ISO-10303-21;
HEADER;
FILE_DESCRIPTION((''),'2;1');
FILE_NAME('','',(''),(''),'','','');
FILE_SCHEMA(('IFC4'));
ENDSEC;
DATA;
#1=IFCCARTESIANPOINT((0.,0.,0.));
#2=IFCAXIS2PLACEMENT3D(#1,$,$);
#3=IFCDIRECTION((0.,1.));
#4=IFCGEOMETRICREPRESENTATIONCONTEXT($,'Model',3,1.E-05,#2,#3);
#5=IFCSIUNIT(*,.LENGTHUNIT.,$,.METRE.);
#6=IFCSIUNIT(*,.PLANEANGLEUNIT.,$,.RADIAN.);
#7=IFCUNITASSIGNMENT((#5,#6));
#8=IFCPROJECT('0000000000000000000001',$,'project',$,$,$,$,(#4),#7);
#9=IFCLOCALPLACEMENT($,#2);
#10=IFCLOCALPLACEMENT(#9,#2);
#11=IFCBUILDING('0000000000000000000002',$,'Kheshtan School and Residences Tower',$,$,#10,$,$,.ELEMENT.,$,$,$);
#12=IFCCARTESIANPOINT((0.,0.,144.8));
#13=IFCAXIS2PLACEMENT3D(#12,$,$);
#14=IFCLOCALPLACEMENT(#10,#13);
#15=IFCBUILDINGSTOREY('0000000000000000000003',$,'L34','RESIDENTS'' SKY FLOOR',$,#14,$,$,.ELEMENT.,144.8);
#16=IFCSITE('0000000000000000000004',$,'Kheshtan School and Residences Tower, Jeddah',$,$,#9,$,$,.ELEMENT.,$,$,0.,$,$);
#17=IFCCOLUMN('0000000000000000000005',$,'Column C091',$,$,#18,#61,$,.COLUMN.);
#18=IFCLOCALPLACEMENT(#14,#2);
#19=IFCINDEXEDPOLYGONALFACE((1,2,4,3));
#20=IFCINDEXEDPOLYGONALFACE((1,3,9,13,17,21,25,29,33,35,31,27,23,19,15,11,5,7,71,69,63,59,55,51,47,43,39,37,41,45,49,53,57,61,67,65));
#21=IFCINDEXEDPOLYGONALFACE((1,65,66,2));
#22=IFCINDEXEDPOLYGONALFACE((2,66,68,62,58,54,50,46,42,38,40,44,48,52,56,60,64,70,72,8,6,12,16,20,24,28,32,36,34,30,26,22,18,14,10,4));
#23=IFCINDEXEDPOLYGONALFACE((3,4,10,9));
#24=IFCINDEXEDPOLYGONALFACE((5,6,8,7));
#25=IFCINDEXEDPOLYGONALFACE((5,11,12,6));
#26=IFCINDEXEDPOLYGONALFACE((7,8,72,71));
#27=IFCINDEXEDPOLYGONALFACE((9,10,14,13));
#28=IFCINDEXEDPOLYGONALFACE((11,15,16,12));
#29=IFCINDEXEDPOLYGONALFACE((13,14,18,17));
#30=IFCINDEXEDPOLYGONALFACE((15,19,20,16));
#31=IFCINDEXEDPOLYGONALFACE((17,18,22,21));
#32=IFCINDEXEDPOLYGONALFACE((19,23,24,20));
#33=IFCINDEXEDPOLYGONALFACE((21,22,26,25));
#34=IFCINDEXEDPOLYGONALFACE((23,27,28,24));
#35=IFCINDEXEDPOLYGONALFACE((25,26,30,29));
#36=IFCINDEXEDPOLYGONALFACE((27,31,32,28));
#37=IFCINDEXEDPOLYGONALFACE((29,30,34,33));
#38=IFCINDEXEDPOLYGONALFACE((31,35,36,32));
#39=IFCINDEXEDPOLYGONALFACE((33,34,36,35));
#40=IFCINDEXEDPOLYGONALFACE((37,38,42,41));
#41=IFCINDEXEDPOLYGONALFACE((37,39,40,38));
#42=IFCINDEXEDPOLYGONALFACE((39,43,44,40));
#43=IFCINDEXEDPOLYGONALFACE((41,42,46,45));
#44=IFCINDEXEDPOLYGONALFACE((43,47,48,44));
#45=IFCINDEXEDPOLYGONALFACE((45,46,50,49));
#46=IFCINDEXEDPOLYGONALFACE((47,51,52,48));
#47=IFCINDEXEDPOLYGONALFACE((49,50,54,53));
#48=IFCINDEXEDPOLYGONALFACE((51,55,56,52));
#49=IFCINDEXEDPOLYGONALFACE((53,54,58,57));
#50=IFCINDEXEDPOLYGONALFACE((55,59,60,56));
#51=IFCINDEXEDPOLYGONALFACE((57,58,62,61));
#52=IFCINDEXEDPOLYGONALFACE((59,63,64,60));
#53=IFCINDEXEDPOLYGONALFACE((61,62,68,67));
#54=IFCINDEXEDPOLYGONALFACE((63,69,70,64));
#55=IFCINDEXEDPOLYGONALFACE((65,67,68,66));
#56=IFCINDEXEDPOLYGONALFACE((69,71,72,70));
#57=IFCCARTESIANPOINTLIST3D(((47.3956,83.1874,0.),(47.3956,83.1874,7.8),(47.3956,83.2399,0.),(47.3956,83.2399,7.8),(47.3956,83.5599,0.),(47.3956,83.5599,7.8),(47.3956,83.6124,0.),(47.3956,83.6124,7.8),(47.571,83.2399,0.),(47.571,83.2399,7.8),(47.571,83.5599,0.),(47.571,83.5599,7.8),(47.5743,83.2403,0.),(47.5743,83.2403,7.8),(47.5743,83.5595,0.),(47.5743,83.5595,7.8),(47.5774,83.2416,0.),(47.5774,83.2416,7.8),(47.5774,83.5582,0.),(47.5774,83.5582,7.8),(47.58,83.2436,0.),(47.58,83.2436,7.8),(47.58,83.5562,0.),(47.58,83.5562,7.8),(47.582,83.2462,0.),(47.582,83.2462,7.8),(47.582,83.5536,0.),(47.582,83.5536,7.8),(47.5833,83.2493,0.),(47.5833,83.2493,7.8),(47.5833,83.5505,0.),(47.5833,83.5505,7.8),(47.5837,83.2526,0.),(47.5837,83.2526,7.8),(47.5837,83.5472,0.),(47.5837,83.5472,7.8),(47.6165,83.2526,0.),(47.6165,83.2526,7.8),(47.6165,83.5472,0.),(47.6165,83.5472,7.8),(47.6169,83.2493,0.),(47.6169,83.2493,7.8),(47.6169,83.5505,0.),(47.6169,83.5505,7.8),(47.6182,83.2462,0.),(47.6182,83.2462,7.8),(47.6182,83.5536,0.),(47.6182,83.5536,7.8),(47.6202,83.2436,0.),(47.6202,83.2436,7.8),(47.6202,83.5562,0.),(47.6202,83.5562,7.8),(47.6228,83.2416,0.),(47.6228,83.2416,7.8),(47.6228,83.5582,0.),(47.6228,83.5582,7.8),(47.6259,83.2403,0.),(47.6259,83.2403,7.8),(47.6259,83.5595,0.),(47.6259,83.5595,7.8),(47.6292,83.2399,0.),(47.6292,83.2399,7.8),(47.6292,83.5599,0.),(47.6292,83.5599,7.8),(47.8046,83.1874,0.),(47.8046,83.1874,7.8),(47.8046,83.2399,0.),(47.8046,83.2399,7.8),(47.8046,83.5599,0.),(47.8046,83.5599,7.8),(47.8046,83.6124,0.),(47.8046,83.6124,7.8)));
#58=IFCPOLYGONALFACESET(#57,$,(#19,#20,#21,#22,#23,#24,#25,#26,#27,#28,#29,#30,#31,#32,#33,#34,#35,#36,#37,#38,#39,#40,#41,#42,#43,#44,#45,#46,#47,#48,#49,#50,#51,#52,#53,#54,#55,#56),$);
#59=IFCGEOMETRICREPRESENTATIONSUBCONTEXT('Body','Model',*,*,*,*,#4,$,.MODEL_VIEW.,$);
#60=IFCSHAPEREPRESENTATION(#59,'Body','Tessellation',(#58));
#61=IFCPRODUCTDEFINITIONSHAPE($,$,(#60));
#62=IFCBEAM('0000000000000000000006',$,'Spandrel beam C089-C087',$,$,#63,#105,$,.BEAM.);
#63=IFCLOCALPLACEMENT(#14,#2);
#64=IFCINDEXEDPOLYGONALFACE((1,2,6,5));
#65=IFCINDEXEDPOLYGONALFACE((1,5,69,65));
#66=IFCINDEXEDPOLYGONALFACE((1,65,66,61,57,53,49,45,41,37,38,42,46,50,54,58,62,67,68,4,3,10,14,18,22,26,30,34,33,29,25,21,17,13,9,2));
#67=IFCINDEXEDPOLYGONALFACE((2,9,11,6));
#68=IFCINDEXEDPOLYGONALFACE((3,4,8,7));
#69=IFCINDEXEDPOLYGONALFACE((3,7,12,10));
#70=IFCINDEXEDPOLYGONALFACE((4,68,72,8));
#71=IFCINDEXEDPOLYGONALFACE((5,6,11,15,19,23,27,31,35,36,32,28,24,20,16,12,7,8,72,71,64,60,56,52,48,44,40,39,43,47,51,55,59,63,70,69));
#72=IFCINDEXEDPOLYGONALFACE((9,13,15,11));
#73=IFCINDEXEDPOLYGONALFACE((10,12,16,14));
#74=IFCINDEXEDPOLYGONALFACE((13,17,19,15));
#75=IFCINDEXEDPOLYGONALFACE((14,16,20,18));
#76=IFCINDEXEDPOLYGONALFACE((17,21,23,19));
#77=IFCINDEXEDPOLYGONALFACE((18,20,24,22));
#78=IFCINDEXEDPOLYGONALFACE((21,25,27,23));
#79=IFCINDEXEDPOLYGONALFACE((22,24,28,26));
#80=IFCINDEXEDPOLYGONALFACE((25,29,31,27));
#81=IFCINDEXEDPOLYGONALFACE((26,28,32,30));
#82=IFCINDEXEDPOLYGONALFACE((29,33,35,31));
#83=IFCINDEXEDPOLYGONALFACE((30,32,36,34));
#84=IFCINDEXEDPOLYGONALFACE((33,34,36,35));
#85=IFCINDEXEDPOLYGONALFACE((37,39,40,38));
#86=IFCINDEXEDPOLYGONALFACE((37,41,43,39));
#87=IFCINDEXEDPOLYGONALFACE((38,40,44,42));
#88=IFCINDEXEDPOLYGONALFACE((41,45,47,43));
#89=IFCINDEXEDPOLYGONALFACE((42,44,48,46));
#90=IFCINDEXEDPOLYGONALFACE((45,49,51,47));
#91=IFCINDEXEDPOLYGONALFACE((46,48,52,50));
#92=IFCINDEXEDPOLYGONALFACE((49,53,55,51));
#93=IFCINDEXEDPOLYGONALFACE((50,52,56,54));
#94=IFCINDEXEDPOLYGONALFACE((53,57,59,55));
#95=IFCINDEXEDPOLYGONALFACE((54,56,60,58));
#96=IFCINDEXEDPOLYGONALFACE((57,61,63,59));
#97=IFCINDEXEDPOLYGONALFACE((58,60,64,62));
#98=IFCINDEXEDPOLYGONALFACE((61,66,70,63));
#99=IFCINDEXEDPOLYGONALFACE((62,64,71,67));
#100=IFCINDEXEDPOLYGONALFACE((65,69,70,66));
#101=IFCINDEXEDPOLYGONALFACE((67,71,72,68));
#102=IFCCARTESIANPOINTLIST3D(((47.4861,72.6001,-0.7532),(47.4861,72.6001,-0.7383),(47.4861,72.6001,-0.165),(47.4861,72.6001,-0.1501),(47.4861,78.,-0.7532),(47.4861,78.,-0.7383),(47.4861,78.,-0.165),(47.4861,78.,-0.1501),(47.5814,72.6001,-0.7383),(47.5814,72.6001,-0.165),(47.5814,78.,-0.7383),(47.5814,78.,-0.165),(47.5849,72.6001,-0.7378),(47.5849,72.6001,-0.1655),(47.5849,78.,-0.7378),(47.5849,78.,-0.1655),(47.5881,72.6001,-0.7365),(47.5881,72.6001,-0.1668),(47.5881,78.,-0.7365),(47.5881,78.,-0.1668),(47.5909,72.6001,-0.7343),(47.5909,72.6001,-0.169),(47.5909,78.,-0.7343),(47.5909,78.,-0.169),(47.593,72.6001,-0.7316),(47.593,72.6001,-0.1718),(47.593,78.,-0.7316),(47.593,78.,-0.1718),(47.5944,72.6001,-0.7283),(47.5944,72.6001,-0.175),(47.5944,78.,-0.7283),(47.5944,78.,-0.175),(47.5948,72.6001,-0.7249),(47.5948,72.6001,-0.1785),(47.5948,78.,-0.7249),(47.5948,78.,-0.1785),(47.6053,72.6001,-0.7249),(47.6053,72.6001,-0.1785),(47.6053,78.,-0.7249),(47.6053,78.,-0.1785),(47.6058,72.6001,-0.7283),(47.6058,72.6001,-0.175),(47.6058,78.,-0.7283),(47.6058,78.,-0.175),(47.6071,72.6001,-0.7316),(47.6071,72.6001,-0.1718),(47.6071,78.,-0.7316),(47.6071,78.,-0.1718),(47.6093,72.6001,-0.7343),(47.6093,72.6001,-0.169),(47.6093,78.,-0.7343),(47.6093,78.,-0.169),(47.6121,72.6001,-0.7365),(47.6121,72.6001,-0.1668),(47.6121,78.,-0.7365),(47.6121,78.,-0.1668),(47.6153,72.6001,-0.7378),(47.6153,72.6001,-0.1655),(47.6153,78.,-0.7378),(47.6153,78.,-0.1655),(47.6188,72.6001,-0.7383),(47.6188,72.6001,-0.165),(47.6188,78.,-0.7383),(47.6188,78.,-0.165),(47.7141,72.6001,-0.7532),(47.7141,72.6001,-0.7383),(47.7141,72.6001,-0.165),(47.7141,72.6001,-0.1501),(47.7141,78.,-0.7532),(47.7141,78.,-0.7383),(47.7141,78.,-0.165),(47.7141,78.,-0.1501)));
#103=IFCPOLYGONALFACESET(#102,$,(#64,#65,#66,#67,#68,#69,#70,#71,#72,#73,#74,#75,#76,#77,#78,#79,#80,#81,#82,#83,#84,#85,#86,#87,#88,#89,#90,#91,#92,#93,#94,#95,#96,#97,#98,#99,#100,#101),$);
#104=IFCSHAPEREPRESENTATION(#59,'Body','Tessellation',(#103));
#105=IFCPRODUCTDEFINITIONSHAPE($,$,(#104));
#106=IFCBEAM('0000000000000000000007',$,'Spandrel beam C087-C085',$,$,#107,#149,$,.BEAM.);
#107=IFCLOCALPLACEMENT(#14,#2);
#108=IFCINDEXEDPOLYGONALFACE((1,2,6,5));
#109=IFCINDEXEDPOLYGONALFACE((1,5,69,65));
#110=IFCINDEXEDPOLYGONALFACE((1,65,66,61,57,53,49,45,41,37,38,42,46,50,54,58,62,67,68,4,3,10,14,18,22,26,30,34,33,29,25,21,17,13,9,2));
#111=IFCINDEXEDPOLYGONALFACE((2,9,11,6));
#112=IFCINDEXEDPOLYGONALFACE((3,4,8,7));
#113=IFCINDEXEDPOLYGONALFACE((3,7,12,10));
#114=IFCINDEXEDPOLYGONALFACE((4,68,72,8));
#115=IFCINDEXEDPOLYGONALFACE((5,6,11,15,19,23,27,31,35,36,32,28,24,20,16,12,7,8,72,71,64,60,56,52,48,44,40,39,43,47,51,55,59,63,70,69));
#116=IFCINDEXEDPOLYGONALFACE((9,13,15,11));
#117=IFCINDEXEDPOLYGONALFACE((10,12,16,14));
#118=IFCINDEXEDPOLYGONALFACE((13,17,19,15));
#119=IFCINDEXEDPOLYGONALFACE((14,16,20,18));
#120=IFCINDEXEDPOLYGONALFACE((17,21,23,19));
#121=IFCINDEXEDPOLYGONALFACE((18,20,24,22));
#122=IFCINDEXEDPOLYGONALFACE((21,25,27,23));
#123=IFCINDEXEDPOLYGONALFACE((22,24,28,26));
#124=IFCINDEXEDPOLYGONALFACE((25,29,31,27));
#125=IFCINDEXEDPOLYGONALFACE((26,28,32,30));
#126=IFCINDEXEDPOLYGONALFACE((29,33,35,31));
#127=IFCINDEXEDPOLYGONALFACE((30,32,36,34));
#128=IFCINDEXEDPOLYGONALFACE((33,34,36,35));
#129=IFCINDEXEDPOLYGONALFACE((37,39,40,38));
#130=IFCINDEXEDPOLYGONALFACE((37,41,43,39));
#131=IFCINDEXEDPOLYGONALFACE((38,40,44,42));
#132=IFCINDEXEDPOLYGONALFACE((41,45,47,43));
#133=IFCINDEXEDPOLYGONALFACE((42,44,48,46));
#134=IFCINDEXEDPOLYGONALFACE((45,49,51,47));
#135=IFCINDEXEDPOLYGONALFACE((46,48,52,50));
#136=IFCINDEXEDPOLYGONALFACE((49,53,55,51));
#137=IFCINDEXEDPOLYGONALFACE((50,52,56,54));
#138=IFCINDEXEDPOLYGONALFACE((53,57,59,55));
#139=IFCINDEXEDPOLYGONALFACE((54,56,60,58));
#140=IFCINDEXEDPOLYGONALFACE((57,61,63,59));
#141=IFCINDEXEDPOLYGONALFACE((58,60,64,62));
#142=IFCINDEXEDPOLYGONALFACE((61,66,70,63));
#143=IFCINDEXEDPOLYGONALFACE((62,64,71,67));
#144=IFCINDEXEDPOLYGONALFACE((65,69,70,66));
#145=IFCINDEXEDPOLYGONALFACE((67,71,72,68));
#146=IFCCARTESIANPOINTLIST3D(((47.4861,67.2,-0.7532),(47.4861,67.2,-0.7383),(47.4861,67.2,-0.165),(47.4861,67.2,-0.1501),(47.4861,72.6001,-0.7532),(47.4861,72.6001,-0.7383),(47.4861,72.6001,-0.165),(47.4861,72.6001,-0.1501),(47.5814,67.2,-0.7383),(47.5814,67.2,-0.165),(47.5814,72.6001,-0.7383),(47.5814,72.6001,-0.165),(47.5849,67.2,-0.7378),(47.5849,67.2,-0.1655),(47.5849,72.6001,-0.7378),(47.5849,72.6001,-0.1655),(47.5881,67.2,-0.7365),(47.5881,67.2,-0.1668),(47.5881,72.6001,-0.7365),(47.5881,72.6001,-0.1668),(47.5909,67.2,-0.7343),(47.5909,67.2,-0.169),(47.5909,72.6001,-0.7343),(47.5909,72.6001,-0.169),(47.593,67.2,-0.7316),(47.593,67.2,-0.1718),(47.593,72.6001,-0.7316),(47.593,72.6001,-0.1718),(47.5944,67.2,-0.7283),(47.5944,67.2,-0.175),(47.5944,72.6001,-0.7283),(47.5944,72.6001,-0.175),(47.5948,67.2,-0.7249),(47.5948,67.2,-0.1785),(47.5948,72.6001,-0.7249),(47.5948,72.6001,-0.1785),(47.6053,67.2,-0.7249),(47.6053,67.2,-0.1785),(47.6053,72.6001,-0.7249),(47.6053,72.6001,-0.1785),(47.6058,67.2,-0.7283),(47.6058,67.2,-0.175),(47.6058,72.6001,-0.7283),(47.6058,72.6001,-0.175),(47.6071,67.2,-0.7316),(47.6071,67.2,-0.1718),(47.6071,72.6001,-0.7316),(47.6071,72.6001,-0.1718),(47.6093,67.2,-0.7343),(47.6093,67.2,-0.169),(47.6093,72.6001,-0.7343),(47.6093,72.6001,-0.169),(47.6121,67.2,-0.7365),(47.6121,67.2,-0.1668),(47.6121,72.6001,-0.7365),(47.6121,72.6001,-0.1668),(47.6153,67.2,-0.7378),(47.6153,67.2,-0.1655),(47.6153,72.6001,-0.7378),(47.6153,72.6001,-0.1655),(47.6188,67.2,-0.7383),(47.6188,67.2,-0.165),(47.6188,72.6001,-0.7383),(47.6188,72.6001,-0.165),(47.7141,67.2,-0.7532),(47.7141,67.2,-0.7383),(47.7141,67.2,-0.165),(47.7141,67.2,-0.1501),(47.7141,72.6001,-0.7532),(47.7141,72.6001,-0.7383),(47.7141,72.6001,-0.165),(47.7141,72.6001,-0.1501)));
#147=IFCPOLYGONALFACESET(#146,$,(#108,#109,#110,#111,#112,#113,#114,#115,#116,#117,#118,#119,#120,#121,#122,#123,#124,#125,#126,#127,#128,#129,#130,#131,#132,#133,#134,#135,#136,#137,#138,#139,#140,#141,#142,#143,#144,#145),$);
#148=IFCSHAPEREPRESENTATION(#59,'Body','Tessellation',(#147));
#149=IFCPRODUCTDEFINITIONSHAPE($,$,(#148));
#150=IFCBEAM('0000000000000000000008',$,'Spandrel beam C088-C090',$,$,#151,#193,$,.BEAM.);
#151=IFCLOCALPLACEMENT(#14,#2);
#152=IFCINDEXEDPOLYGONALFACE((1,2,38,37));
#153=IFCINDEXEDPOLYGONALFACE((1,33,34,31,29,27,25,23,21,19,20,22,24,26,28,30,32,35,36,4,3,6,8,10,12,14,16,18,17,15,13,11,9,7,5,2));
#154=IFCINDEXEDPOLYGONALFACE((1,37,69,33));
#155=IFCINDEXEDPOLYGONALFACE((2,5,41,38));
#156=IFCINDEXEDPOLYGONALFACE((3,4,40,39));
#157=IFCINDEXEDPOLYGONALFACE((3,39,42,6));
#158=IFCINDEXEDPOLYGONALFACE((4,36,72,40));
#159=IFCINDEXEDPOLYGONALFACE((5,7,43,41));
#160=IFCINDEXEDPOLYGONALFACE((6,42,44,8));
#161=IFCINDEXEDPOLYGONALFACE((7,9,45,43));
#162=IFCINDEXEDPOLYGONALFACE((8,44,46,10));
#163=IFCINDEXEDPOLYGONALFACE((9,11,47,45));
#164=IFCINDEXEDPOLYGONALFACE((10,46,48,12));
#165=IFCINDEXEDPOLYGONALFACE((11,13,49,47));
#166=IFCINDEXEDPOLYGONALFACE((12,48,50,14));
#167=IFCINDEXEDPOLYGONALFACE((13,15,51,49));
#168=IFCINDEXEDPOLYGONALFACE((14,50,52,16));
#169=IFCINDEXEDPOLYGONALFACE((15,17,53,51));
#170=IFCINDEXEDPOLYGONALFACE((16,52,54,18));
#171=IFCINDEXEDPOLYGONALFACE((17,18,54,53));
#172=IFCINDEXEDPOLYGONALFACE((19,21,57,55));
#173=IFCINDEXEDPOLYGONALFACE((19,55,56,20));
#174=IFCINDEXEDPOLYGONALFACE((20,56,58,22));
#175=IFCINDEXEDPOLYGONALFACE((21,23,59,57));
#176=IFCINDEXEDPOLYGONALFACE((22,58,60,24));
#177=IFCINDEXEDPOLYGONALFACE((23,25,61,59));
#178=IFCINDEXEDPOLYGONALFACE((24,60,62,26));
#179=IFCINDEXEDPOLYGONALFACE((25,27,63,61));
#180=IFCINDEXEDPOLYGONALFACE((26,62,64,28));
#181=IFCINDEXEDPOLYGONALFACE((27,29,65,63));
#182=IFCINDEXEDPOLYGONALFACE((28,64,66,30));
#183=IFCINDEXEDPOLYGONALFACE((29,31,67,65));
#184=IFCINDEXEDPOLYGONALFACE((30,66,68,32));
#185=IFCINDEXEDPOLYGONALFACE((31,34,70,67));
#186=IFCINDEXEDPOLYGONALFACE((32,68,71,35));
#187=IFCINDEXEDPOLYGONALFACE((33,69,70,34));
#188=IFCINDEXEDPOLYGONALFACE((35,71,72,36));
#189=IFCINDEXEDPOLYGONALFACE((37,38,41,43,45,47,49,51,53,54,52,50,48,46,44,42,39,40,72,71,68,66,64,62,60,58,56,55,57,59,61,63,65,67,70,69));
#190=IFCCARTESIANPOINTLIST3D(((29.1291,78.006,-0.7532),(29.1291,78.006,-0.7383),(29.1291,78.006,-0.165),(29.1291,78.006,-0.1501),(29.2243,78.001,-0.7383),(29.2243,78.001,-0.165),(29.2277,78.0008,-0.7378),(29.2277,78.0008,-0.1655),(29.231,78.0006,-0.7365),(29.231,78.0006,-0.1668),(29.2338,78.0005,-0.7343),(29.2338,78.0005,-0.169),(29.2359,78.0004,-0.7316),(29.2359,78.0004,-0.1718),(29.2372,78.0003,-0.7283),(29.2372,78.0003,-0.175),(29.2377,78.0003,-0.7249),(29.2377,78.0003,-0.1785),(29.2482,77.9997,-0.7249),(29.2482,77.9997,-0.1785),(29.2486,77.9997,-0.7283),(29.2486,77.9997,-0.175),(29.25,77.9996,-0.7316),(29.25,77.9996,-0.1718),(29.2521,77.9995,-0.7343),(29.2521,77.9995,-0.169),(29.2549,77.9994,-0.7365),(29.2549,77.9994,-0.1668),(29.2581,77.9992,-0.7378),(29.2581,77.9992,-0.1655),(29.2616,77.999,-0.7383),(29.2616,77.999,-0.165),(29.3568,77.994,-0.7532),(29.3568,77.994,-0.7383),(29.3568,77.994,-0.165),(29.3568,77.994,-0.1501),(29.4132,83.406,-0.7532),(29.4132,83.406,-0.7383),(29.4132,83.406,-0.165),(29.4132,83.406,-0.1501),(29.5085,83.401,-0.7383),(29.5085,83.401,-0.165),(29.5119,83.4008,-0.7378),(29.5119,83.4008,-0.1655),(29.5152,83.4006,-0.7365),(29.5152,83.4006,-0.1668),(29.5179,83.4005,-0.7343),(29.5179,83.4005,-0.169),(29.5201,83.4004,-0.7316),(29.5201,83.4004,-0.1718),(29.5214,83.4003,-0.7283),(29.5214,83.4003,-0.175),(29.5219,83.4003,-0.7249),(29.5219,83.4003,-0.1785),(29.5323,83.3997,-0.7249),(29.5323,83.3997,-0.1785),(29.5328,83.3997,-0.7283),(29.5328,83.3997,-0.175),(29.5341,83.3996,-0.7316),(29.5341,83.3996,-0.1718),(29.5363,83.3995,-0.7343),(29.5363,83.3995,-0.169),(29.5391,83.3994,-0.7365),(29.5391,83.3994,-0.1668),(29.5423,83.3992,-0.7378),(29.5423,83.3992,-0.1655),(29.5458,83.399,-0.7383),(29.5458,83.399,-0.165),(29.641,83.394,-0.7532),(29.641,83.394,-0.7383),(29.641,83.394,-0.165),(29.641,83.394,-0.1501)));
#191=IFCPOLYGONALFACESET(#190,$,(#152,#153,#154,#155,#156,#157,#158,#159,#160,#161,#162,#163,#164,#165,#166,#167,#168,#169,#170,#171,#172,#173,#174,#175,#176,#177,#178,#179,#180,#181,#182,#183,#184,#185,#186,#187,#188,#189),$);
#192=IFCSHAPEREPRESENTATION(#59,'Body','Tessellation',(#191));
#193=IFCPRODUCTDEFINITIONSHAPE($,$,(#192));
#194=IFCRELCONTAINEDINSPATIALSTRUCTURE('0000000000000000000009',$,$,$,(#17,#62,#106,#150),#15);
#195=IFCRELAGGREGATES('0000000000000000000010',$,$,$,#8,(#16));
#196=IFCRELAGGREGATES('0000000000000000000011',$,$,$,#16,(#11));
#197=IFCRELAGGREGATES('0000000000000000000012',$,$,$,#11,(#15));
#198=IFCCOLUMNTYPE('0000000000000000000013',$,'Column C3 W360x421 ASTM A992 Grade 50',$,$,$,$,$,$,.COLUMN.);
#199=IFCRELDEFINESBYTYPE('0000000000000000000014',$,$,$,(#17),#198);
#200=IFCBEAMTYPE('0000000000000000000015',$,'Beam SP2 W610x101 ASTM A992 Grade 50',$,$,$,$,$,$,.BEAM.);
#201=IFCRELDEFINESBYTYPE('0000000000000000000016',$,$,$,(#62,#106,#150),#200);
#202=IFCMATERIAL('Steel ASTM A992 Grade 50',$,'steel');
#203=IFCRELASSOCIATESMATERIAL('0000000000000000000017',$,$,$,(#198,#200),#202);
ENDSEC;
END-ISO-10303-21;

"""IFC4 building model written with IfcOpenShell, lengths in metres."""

from ifc_helpers import new_model, si_unit, direction, frame, origin, origin_2d, place, context, subcontext, project, spatial, i_section, extrude, material, material_profile, profile_set, type_object, element, save


model = new_model("IFC4")

# Units and contexts
model_context = context("Model", 3, precision=1e-05, world=origin(), true_north=direction((0.0, 1.0)))
body_context = subcontext(model_context, "Body", "Model", "MODEL_VIEW")
ifc_project = project(units=[si_unit("LENGTHUNIT", "METRE"), si_unit("PLANEANGLEUNIT", "RADIAN")], contexts=[model_context])

# Site, building, storey
site_placement = place(None, origin())
site = spatial("IfcSite", under=ifc_project, at=site_placement, Name="Kheshtan School and Residences Tower, Jeddah", CompositionType="ELEMENT", RefElevation=0.0)
building_placement = place(site_placement, origin())
building = spatial("IfcBuilding", under=site, at=building_placement, Name="Kheshtan School and Residences Tower", CompositionType="ELEMENT")
storey_placement = place(building_placement, frame((0.0, 0.0, 144.8)))
storey = spatial("IfcBuildingStorey", under=building, at=storey_placement, Name="L34", Description="RESIDENTS' SKY FLOOR", CompositionType="ELEMENT", Elevation=144.8)

# Column
ifc_material_1 = material(Name="Steel ASTM A992 Grade 50", Category="steel")
ifc_material_profile_1 = material_profile(ifc_material_1, i_section(OverallWidth=0.4089, OverallDepth=0.425, WebThickness=0.0327, FlangeThickness=0.0525, FilletRadius=0.0127, at=origin_2d()), Name="W360x421")
ifc_profile_set_1 = profile_set([ifc_material_profile_1], Name="Steel ASTM A992 Grade 50")
column_type = type_object("IfcColumnType", Name="Column C3 W360x421 ASTM A992 Grade 50", PredefinedType="COLUMN", material=ifc_profile_set_1)
for number, where, z_axis, x_axis, name in (
    (1, (47.6001, 83.3999, 0.0), (0.0, 0.0, 1.0), (1.0, 0.0, 0.0), "Column C091"),
):
    element("IfcColumn", number, at=place(storey_placement, frame(where, z_axis=z_axis, x_axis=x_axis)), inside=storey, type_object=column_type, Name=name, PredefinedType="COLUMN", context=body_context, shape_type="SweptSolid", body=[
        extrude(i_section(OverallWidth=0.4089, OverallDepth=0.425, WebThickness=0.0327, FlangeThickness=0.0525, FilletRadius=0.0127, at=origin_2d()), origin(), (0.0, 0.0, 1.0), 7.8),
    ])

# Beams
ifc_material_profile_2 = material_profile(ifc_material_1, i_section(OverallWidth=0.228, OverallDepth=0.603, WebThickness=0.0105, FlangeThickness=0.0149, FilletRadius=0.0134, at=origin_2d()), Name="W610x101")
ifc_profile_set_2 = profile_set([ifc_material_profile_2], Name="Steel ASTM A992 Grade 50")
beam_type = type_object("IfcBeamType", Name="Beam SP2 W610x101 ASTM A992 Grade 50", PredefinedType="BEAM", material=ifc_profile_set_2)
beam_1_placement = place(storey_placement, frame((47.6001, 78.0, -0.4517), z_axis=(0.0, -1.0, 0.0), x_axis=(1.0, 0.0, 0.0)))
element("IfcBeam", 2, at=beam_1_placement, inside=storey, type_object=beam_type, Name="Spandrel beam C089-C087", PredefinedType="BEAM", context=body_context, shape_type="SweptSolid", body=[
    extrude(i_section(OverallWidth=0.228, OverallDepth=0.603, WebThickness=0.0105, FlangeThickness=0.0149, FilletRadius=0.0134, at=origin_2d()), origin(), (0.0, 0.0, 1.0), 5.3999),
])
beam_2_placement = place(storey_placement, frame((47.6001, 72.6001, -0.4517), z_axis=(0.0, -1.0, 0.0), x_axis=(1.0, 0.0, 0.0)))
element("IfcBeam", 3, at=beam_2_placement, inside=storey, type_object=beam_type, Name="Spandrel beam C087-C085", PredefinedType="BEAM", context=body_context, shape_type="SweptSolid", body=[
    extrude(i_section(OverallWidth=0.228, OverallDepth=0.603, WebThickness=0.0105, FlangeThickness=0.0149, FilletRadius=0.0134, at=origin_2d()), origin(), (0.0, 0.0, 1.0), 5.4001),
])
beam_3_placement = place(storey_placement, frame((29.2429, 78.0, -0.4517), z_axis=(0.052554, 0.998618, 0.0), x_axis=(-0.998618, 0.052554, 0.0)))
element("IfcBeam", 4, at=beam_3_placement, inside=storey, type_object=beam_type, Name="Spandrel beam C088-C090", PredefinedType="BEAM", context=body_context, shape_type="SweptSolid", body=[
    extrude(i_section(OverallWidth=0.228, OverallDepth=0.603, WebThickness=0.0105, FlangeThickness=0.0149, FilletRadius=0.0134, at=origin_2d()), origin(), (0.0, 0.0, 1.0), 5.4075),
])

save(model, "model.ifc")
